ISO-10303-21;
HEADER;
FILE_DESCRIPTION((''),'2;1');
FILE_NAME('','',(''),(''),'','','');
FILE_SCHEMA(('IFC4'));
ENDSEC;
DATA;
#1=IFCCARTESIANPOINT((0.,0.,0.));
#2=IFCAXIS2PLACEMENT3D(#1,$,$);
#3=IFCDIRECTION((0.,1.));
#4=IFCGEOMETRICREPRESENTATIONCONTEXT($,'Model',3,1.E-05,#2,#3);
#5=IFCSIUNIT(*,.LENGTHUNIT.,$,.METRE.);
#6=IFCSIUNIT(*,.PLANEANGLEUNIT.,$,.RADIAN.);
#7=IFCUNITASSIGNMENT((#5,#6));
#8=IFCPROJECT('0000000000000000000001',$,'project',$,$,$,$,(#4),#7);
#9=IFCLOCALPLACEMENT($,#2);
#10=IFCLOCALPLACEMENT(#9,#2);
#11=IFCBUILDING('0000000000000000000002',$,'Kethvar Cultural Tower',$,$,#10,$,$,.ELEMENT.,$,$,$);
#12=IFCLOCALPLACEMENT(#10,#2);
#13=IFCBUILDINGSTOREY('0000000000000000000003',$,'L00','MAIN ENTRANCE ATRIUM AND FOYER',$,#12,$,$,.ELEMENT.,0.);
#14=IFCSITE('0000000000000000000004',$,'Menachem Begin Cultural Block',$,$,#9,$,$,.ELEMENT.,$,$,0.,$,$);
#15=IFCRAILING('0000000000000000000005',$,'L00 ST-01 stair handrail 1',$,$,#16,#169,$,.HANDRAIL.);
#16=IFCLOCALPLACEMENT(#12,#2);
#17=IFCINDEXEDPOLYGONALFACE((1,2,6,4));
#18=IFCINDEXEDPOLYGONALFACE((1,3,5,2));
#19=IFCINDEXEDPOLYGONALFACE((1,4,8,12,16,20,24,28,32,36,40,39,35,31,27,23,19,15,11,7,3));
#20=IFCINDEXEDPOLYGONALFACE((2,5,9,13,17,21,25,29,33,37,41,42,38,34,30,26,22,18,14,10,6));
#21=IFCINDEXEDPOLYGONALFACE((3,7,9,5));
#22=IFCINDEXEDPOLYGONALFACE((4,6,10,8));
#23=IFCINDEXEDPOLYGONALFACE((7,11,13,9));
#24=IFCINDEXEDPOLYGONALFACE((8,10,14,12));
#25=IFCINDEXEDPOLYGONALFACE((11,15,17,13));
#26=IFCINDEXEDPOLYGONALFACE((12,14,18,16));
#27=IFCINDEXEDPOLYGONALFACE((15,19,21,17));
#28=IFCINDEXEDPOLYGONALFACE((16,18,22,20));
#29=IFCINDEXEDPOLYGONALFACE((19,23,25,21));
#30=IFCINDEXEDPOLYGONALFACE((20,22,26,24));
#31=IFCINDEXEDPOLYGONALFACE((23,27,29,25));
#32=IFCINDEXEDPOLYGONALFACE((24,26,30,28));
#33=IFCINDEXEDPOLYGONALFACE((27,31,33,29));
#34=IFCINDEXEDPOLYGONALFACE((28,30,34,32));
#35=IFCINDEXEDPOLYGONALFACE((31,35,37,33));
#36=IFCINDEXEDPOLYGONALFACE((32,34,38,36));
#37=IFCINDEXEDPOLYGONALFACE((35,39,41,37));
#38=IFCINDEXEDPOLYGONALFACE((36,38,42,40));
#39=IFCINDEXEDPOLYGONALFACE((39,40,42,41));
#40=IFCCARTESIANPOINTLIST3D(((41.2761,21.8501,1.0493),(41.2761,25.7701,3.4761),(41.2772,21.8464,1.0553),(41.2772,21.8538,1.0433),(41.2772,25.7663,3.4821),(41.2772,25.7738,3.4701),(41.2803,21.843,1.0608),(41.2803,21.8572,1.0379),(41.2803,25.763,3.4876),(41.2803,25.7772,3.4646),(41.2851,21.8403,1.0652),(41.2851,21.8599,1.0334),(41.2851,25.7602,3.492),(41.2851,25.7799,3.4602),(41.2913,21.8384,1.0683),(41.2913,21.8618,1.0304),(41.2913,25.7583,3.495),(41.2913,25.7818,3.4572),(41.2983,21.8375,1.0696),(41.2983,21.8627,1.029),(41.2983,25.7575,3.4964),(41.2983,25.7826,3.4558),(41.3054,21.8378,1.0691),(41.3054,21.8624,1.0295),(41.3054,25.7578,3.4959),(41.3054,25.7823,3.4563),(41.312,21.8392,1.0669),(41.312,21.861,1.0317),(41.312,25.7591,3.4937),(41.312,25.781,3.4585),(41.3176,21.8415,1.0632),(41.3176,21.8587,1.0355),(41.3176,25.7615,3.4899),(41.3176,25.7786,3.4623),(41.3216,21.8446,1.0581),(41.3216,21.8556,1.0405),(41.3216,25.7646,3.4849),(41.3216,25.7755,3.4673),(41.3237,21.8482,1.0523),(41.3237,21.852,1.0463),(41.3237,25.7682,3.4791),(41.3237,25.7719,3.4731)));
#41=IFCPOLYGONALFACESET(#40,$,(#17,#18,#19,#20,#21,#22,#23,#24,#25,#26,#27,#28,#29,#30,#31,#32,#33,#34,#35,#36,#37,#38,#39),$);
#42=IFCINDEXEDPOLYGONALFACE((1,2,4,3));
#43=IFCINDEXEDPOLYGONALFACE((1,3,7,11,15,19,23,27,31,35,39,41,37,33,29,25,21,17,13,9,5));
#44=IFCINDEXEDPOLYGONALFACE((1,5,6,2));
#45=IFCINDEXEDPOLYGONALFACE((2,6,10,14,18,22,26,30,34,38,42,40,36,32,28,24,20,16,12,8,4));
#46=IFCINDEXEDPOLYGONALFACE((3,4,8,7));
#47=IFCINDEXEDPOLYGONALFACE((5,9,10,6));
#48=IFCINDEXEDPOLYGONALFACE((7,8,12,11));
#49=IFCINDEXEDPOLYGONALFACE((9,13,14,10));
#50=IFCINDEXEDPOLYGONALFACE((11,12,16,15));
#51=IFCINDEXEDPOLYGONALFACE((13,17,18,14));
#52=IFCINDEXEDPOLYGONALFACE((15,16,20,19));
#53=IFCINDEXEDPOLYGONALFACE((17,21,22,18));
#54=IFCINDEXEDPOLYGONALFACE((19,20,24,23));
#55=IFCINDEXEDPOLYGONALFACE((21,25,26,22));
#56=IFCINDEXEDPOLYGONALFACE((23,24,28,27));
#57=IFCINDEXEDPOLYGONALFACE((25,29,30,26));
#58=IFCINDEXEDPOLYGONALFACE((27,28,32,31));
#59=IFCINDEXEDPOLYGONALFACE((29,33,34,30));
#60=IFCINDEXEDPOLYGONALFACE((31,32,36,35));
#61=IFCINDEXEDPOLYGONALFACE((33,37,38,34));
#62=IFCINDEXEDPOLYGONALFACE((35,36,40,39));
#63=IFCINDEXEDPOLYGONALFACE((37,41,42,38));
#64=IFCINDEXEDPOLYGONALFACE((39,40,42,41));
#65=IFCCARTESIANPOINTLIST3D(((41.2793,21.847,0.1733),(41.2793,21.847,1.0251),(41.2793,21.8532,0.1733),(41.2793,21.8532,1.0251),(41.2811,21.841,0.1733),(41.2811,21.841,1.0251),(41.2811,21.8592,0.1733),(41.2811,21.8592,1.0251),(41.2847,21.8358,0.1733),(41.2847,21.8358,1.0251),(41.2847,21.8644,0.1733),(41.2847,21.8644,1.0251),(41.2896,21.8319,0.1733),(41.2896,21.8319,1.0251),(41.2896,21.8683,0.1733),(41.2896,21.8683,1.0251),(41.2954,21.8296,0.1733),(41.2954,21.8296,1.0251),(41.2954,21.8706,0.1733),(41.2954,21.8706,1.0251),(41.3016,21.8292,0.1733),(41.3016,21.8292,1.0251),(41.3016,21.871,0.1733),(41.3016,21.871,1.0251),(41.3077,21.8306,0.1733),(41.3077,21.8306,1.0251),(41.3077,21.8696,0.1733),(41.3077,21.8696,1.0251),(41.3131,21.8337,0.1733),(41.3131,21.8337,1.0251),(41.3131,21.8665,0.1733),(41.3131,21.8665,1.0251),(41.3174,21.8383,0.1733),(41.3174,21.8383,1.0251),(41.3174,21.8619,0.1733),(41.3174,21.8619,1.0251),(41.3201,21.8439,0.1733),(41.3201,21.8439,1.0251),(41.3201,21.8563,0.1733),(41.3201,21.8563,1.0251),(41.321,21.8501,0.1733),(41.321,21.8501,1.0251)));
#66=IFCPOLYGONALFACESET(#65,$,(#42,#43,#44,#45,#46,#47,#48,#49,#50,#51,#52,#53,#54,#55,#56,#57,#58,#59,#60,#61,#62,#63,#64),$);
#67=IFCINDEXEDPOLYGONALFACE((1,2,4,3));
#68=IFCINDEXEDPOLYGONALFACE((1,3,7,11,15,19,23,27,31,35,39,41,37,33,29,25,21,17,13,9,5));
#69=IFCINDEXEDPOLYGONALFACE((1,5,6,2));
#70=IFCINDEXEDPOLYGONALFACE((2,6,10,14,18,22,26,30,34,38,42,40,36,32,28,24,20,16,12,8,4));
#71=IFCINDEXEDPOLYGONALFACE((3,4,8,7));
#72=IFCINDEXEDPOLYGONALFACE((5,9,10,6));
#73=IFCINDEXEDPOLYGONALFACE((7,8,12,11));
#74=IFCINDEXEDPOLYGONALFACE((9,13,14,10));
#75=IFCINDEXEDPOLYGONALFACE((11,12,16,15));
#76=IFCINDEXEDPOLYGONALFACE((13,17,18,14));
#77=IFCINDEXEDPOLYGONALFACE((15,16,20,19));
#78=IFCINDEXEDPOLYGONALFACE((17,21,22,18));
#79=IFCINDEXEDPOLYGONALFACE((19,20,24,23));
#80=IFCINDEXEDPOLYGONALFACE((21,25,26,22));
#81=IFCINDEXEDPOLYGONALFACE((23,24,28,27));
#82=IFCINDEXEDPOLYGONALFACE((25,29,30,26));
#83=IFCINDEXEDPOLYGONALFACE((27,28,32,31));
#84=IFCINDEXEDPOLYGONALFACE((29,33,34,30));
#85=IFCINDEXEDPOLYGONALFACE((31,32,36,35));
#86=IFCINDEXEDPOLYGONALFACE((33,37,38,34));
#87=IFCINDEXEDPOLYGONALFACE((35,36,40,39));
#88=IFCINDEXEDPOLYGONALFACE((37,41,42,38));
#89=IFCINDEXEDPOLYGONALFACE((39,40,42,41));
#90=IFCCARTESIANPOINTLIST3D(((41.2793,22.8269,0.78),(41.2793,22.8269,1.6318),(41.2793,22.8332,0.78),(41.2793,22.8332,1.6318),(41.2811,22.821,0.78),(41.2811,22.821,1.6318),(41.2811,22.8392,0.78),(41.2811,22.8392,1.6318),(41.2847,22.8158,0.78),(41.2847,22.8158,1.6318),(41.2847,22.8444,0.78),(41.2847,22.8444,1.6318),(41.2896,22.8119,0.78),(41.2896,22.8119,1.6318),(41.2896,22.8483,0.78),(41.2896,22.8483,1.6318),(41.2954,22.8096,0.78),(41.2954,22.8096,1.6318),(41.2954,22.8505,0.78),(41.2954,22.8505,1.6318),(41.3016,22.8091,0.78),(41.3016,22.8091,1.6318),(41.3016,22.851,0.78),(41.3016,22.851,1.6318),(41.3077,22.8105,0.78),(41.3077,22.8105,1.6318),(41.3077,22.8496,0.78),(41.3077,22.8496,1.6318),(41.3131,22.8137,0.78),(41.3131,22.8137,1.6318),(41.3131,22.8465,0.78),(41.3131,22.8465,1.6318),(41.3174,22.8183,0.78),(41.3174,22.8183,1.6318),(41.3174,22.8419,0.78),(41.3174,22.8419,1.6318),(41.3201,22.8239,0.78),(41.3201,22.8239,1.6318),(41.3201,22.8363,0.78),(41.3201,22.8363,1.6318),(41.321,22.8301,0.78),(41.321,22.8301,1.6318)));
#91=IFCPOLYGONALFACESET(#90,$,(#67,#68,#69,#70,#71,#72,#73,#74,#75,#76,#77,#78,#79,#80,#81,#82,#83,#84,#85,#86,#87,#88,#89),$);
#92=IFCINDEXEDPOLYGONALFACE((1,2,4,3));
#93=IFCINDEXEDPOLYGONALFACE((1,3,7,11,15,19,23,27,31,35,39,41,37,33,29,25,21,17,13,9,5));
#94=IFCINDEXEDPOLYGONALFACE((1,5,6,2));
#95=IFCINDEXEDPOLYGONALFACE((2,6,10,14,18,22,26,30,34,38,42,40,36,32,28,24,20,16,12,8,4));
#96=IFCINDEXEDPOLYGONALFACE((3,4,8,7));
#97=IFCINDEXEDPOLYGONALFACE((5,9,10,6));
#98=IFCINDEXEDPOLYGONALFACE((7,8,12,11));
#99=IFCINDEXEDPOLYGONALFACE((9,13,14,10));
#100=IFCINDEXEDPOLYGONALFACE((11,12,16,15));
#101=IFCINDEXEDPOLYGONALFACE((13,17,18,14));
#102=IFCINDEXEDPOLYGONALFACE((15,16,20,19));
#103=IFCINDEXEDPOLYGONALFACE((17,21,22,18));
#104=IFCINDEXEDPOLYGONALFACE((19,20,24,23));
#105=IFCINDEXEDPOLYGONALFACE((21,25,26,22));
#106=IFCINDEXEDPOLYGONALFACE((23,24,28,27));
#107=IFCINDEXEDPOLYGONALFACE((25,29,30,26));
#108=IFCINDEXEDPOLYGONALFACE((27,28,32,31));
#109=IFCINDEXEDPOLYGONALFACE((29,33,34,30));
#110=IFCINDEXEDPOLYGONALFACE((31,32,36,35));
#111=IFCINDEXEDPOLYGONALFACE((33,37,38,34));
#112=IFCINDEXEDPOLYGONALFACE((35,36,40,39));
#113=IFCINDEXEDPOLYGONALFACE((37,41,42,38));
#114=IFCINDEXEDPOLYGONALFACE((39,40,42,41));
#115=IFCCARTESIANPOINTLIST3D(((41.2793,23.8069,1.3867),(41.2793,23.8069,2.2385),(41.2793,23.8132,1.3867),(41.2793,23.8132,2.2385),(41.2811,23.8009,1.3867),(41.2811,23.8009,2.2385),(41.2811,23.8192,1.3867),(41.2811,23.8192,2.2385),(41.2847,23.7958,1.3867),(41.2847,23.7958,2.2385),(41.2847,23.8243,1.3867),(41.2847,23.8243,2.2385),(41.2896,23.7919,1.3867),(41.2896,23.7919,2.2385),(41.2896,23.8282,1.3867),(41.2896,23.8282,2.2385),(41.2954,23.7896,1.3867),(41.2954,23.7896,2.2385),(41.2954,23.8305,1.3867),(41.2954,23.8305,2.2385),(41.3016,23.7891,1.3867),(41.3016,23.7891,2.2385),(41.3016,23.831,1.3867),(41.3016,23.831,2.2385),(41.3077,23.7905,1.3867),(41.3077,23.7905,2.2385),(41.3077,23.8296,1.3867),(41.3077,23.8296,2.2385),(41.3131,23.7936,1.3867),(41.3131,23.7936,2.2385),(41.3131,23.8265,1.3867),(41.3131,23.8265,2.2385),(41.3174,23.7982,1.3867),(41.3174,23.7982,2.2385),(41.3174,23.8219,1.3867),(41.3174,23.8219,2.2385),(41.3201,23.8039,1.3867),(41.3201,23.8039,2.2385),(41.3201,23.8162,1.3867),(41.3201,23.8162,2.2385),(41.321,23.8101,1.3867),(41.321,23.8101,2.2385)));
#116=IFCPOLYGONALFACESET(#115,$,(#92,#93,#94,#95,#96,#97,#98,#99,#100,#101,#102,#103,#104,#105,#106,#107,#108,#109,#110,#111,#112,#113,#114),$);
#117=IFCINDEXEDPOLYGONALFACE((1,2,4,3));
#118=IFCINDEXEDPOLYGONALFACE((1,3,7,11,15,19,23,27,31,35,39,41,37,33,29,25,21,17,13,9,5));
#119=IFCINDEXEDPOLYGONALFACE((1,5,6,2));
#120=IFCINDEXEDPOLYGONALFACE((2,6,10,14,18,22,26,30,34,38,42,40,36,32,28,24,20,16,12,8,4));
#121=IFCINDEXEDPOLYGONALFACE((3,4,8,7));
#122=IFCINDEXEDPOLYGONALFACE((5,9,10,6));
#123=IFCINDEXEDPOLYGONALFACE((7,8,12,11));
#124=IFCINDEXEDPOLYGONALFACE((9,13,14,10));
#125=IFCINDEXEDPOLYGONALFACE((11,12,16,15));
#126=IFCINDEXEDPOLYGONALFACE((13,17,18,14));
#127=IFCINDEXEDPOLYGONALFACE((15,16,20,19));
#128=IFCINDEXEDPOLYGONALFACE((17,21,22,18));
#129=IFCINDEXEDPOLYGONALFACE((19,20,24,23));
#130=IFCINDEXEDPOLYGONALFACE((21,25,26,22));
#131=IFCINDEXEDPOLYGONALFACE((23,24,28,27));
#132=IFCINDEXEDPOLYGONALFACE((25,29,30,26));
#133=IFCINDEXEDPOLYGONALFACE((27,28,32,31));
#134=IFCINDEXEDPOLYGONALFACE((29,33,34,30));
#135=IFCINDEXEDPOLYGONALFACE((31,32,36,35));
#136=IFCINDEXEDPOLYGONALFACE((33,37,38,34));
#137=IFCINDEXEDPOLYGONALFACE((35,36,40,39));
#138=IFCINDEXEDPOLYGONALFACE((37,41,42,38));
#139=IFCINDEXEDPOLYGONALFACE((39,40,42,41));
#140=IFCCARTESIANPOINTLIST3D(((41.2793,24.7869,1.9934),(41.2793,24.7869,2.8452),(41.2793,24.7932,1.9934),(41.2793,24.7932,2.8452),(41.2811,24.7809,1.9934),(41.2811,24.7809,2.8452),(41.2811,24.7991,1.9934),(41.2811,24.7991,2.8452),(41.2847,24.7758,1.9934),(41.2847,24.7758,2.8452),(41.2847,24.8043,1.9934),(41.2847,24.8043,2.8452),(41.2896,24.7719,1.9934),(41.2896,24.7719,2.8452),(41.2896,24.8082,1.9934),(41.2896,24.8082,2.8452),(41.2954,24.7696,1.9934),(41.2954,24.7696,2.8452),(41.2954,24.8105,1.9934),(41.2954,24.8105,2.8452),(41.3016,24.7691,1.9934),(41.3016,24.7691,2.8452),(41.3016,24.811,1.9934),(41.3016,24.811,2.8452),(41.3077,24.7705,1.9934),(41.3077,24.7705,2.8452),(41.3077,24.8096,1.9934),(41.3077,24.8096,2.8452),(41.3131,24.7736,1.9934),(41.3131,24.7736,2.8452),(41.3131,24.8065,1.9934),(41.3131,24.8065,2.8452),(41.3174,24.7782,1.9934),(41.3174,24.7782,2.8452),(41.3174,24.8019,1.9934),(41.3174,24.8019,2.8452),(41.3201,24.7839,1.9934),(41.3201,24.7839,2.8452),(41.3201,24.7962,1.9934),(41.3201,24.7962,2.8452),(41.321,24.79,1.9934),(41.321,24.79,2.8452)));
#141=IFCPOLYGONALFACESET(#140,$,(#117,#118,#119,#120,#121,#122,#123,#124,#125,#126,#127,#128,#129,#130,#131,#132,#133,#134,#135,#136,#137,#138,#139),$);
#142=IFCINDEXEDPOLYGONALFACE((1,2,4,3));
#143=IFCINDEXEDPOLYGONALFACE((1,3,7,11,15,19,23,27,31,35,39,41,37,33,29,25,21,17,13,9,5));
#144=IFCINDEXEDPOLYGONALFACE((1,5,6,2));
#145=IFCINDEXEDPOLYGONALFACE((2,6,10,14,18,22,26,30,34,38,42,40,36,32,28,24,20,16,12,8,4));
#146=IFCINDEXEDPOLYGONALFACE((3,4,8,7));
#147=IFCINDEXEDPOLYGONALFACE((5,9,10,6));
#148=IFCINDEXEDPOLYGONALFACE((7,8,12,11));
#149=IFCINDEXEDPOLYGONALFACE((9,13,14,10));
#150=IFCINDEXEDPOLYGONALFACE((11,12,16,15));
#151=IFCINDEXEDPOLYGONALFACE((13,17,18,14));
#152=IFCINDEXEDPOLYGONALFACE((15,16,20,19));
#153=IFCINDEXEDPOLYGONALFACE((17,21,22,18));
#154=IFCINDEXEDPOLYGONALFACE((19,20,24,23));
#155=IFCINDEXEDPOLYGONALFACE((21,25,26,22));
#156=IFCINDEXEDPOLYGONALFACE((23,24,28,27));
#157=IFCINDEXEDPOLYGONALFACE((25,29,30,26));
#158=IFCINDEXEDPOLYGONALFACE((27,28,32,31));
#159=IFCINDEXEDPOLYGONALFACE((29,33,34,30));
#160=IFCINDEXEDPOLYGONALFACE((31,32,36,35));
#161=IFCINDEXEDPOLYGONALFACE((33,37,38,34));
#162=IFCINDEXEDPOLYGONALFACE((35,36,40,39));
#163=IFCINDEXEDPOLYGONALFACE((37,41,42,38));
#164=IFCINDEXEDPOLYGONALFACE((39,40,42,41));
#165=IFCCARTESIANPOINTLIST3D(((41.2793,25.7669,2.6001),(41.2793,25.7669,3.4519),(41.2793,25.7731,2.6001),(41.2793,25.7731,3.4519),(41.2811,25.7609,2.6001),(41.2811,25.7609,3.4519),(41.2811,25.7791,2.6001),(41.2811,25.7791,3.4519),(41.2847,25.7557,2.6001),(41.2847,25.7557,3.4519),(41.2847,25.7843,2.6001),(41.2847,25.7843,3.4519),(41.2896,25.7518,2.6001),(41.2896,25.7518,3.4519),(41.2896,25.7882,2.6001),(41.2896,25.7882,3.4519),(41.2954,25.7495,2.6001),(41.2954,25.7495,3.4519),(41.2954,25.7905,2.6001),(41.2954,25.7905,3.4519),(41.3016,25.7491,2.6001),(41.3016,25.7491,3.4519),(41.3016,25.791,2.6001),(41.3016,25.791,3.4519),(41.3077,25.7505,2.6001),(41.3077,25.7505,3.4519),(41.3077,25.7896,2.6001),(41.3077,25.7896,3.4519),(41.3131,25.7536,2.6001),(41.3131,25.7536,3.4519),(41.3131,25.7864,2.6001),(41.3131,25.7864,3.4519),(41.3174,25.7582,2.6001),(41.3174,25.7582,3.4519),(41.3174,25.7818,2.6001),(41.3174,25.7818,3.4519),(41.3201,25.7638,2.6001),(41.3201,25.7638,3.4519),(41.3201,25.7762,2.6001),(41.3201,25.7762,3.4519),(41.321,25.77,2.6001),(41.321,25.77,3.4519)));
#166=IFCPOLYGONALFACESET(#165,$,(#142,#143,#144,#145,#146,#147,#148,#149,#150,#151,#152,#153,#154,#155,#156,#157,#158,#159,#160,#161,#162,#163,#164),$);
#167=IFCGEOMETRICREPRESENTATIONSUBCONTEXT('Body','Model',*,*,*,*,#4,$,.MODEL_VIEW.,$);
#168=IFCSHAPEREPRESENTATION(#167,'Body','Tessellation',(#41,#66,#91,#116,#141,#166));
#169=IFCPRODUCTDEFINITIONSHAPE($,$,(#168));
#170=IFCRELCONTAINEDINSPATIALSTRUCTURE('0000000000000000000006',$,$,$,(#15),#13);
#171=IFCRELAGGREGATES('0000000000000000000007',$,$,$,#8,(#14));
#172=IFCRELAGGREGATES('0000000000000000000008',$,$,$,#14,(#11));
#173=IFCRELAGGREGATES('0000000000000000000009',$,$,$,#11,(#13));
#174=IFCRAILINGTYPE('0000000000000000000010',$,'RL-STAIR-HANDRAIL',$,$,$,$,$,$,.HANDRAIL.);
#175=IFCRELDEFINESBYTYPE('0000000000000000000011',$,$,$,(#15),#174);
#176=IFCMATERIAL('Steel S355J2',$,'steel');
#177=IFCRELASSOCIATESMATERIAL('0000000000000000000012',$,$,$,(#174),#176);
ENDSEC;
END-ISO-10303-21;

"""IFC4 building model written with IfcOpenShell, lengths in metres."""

from ifc_helpers import new_model, si_unit, direction, frame, origin, origin_2d, place, context, subcontext, project, spatial, circle, extrude, material, type_object, element, save


model = new_model("IFC4")

# Units and contexts
model_context = context("Model", 3, precision=1e-05, world=origin(), true_north=direction((0.0, 1.0)))
body_context = subcontext(model_context, "Body", "Model", "MODEL_VIEW")
ifc_project = project(units=[si_unit("LENGTHUNIT", "METRE"), si_unit("PLANEANGLEUNIT", "RADIAN")], contexts=[model_context])

# Site, building, storey
site_placement = place(None, origin())
site = spatial("IfcSite", under=ifc_project, at=site_placement, Name="Menachem Begin Cultural Block", CompositionType="ELEMENT", RefElevation=0.0)
building_placement = place(site_placement, origin())
building = spatial("IfcBuilding", under=site, at=building_placement, Name="Kethvar Cultural Tower", CompositionType="ELEMENT")
storey_placement = place(building_placement, origin())
storey = spatial("IfcBuildingStorey", under=building, at=storey_placement, Name="L00", Description="MAIN ENTRANCE ATRIUM AND FOYER", CompositionType="ELEMENT", Elevation=0.0)

# Shared definitions
ifc_material_1 = material(Name="Steel S355J2", Category="steel")

# Railing
railing_type_1 = type_object("IfcRailingType", Name="RL-STAIR-HANDRAIL", PredefinedType="HANDRAIL", material=ifc_material_1)
railing_1_placement = place(storey_placement, frame((41.3, 21.8501, 0.1733)))
element("IfcRailing", 1, at=railing_1_placement, inside=storey, type_object=railing_type_1, Name="L00 ST-01 stair handrail 1", PredefinedType="HANDRAIL", context=body_context, shape_type="SweptSolid", body=[
    extrude(circle(Radius=0.0239, at=origin_2d()), frame((0.0, 0.0, 0.876), z_axis=(0.0, 0.850252, 0.526376), x_axis=(-1.0, 0.0, 0.0)), (0.0, 0.0, 1.0), 4.6104),
    extrude(circle(Radius=0.021, at=origin_2d()), origin(), (0.0, 0.0, 1.0), 0.8518),
    extrude(circle(Radius=0.021, at=origin_2d()), frame((0.0, 0.98, 0.6067)), (0.0, 0.0, 1.0), 0.8518),
    extrude(circle(Radius=0.021, at=origin_2d()), frame((0.0, 1.96, 1.2134)), (0.0, 0.0, 1.0), 0.8518),
    extrude(circle(Radius=0.021, at=origin_2d()), frame((0.0, 2.9399, 1.8201)), (0.0, 0.0, 1.0), 0.8518),
    extrude(circle(Radius=0.021, at=origin_2d()), frame((0.0, 3.9199, 2.4268)), (0.0, 0.0, 1.0), 0.8518),
])

save(model, "model.ifc")
